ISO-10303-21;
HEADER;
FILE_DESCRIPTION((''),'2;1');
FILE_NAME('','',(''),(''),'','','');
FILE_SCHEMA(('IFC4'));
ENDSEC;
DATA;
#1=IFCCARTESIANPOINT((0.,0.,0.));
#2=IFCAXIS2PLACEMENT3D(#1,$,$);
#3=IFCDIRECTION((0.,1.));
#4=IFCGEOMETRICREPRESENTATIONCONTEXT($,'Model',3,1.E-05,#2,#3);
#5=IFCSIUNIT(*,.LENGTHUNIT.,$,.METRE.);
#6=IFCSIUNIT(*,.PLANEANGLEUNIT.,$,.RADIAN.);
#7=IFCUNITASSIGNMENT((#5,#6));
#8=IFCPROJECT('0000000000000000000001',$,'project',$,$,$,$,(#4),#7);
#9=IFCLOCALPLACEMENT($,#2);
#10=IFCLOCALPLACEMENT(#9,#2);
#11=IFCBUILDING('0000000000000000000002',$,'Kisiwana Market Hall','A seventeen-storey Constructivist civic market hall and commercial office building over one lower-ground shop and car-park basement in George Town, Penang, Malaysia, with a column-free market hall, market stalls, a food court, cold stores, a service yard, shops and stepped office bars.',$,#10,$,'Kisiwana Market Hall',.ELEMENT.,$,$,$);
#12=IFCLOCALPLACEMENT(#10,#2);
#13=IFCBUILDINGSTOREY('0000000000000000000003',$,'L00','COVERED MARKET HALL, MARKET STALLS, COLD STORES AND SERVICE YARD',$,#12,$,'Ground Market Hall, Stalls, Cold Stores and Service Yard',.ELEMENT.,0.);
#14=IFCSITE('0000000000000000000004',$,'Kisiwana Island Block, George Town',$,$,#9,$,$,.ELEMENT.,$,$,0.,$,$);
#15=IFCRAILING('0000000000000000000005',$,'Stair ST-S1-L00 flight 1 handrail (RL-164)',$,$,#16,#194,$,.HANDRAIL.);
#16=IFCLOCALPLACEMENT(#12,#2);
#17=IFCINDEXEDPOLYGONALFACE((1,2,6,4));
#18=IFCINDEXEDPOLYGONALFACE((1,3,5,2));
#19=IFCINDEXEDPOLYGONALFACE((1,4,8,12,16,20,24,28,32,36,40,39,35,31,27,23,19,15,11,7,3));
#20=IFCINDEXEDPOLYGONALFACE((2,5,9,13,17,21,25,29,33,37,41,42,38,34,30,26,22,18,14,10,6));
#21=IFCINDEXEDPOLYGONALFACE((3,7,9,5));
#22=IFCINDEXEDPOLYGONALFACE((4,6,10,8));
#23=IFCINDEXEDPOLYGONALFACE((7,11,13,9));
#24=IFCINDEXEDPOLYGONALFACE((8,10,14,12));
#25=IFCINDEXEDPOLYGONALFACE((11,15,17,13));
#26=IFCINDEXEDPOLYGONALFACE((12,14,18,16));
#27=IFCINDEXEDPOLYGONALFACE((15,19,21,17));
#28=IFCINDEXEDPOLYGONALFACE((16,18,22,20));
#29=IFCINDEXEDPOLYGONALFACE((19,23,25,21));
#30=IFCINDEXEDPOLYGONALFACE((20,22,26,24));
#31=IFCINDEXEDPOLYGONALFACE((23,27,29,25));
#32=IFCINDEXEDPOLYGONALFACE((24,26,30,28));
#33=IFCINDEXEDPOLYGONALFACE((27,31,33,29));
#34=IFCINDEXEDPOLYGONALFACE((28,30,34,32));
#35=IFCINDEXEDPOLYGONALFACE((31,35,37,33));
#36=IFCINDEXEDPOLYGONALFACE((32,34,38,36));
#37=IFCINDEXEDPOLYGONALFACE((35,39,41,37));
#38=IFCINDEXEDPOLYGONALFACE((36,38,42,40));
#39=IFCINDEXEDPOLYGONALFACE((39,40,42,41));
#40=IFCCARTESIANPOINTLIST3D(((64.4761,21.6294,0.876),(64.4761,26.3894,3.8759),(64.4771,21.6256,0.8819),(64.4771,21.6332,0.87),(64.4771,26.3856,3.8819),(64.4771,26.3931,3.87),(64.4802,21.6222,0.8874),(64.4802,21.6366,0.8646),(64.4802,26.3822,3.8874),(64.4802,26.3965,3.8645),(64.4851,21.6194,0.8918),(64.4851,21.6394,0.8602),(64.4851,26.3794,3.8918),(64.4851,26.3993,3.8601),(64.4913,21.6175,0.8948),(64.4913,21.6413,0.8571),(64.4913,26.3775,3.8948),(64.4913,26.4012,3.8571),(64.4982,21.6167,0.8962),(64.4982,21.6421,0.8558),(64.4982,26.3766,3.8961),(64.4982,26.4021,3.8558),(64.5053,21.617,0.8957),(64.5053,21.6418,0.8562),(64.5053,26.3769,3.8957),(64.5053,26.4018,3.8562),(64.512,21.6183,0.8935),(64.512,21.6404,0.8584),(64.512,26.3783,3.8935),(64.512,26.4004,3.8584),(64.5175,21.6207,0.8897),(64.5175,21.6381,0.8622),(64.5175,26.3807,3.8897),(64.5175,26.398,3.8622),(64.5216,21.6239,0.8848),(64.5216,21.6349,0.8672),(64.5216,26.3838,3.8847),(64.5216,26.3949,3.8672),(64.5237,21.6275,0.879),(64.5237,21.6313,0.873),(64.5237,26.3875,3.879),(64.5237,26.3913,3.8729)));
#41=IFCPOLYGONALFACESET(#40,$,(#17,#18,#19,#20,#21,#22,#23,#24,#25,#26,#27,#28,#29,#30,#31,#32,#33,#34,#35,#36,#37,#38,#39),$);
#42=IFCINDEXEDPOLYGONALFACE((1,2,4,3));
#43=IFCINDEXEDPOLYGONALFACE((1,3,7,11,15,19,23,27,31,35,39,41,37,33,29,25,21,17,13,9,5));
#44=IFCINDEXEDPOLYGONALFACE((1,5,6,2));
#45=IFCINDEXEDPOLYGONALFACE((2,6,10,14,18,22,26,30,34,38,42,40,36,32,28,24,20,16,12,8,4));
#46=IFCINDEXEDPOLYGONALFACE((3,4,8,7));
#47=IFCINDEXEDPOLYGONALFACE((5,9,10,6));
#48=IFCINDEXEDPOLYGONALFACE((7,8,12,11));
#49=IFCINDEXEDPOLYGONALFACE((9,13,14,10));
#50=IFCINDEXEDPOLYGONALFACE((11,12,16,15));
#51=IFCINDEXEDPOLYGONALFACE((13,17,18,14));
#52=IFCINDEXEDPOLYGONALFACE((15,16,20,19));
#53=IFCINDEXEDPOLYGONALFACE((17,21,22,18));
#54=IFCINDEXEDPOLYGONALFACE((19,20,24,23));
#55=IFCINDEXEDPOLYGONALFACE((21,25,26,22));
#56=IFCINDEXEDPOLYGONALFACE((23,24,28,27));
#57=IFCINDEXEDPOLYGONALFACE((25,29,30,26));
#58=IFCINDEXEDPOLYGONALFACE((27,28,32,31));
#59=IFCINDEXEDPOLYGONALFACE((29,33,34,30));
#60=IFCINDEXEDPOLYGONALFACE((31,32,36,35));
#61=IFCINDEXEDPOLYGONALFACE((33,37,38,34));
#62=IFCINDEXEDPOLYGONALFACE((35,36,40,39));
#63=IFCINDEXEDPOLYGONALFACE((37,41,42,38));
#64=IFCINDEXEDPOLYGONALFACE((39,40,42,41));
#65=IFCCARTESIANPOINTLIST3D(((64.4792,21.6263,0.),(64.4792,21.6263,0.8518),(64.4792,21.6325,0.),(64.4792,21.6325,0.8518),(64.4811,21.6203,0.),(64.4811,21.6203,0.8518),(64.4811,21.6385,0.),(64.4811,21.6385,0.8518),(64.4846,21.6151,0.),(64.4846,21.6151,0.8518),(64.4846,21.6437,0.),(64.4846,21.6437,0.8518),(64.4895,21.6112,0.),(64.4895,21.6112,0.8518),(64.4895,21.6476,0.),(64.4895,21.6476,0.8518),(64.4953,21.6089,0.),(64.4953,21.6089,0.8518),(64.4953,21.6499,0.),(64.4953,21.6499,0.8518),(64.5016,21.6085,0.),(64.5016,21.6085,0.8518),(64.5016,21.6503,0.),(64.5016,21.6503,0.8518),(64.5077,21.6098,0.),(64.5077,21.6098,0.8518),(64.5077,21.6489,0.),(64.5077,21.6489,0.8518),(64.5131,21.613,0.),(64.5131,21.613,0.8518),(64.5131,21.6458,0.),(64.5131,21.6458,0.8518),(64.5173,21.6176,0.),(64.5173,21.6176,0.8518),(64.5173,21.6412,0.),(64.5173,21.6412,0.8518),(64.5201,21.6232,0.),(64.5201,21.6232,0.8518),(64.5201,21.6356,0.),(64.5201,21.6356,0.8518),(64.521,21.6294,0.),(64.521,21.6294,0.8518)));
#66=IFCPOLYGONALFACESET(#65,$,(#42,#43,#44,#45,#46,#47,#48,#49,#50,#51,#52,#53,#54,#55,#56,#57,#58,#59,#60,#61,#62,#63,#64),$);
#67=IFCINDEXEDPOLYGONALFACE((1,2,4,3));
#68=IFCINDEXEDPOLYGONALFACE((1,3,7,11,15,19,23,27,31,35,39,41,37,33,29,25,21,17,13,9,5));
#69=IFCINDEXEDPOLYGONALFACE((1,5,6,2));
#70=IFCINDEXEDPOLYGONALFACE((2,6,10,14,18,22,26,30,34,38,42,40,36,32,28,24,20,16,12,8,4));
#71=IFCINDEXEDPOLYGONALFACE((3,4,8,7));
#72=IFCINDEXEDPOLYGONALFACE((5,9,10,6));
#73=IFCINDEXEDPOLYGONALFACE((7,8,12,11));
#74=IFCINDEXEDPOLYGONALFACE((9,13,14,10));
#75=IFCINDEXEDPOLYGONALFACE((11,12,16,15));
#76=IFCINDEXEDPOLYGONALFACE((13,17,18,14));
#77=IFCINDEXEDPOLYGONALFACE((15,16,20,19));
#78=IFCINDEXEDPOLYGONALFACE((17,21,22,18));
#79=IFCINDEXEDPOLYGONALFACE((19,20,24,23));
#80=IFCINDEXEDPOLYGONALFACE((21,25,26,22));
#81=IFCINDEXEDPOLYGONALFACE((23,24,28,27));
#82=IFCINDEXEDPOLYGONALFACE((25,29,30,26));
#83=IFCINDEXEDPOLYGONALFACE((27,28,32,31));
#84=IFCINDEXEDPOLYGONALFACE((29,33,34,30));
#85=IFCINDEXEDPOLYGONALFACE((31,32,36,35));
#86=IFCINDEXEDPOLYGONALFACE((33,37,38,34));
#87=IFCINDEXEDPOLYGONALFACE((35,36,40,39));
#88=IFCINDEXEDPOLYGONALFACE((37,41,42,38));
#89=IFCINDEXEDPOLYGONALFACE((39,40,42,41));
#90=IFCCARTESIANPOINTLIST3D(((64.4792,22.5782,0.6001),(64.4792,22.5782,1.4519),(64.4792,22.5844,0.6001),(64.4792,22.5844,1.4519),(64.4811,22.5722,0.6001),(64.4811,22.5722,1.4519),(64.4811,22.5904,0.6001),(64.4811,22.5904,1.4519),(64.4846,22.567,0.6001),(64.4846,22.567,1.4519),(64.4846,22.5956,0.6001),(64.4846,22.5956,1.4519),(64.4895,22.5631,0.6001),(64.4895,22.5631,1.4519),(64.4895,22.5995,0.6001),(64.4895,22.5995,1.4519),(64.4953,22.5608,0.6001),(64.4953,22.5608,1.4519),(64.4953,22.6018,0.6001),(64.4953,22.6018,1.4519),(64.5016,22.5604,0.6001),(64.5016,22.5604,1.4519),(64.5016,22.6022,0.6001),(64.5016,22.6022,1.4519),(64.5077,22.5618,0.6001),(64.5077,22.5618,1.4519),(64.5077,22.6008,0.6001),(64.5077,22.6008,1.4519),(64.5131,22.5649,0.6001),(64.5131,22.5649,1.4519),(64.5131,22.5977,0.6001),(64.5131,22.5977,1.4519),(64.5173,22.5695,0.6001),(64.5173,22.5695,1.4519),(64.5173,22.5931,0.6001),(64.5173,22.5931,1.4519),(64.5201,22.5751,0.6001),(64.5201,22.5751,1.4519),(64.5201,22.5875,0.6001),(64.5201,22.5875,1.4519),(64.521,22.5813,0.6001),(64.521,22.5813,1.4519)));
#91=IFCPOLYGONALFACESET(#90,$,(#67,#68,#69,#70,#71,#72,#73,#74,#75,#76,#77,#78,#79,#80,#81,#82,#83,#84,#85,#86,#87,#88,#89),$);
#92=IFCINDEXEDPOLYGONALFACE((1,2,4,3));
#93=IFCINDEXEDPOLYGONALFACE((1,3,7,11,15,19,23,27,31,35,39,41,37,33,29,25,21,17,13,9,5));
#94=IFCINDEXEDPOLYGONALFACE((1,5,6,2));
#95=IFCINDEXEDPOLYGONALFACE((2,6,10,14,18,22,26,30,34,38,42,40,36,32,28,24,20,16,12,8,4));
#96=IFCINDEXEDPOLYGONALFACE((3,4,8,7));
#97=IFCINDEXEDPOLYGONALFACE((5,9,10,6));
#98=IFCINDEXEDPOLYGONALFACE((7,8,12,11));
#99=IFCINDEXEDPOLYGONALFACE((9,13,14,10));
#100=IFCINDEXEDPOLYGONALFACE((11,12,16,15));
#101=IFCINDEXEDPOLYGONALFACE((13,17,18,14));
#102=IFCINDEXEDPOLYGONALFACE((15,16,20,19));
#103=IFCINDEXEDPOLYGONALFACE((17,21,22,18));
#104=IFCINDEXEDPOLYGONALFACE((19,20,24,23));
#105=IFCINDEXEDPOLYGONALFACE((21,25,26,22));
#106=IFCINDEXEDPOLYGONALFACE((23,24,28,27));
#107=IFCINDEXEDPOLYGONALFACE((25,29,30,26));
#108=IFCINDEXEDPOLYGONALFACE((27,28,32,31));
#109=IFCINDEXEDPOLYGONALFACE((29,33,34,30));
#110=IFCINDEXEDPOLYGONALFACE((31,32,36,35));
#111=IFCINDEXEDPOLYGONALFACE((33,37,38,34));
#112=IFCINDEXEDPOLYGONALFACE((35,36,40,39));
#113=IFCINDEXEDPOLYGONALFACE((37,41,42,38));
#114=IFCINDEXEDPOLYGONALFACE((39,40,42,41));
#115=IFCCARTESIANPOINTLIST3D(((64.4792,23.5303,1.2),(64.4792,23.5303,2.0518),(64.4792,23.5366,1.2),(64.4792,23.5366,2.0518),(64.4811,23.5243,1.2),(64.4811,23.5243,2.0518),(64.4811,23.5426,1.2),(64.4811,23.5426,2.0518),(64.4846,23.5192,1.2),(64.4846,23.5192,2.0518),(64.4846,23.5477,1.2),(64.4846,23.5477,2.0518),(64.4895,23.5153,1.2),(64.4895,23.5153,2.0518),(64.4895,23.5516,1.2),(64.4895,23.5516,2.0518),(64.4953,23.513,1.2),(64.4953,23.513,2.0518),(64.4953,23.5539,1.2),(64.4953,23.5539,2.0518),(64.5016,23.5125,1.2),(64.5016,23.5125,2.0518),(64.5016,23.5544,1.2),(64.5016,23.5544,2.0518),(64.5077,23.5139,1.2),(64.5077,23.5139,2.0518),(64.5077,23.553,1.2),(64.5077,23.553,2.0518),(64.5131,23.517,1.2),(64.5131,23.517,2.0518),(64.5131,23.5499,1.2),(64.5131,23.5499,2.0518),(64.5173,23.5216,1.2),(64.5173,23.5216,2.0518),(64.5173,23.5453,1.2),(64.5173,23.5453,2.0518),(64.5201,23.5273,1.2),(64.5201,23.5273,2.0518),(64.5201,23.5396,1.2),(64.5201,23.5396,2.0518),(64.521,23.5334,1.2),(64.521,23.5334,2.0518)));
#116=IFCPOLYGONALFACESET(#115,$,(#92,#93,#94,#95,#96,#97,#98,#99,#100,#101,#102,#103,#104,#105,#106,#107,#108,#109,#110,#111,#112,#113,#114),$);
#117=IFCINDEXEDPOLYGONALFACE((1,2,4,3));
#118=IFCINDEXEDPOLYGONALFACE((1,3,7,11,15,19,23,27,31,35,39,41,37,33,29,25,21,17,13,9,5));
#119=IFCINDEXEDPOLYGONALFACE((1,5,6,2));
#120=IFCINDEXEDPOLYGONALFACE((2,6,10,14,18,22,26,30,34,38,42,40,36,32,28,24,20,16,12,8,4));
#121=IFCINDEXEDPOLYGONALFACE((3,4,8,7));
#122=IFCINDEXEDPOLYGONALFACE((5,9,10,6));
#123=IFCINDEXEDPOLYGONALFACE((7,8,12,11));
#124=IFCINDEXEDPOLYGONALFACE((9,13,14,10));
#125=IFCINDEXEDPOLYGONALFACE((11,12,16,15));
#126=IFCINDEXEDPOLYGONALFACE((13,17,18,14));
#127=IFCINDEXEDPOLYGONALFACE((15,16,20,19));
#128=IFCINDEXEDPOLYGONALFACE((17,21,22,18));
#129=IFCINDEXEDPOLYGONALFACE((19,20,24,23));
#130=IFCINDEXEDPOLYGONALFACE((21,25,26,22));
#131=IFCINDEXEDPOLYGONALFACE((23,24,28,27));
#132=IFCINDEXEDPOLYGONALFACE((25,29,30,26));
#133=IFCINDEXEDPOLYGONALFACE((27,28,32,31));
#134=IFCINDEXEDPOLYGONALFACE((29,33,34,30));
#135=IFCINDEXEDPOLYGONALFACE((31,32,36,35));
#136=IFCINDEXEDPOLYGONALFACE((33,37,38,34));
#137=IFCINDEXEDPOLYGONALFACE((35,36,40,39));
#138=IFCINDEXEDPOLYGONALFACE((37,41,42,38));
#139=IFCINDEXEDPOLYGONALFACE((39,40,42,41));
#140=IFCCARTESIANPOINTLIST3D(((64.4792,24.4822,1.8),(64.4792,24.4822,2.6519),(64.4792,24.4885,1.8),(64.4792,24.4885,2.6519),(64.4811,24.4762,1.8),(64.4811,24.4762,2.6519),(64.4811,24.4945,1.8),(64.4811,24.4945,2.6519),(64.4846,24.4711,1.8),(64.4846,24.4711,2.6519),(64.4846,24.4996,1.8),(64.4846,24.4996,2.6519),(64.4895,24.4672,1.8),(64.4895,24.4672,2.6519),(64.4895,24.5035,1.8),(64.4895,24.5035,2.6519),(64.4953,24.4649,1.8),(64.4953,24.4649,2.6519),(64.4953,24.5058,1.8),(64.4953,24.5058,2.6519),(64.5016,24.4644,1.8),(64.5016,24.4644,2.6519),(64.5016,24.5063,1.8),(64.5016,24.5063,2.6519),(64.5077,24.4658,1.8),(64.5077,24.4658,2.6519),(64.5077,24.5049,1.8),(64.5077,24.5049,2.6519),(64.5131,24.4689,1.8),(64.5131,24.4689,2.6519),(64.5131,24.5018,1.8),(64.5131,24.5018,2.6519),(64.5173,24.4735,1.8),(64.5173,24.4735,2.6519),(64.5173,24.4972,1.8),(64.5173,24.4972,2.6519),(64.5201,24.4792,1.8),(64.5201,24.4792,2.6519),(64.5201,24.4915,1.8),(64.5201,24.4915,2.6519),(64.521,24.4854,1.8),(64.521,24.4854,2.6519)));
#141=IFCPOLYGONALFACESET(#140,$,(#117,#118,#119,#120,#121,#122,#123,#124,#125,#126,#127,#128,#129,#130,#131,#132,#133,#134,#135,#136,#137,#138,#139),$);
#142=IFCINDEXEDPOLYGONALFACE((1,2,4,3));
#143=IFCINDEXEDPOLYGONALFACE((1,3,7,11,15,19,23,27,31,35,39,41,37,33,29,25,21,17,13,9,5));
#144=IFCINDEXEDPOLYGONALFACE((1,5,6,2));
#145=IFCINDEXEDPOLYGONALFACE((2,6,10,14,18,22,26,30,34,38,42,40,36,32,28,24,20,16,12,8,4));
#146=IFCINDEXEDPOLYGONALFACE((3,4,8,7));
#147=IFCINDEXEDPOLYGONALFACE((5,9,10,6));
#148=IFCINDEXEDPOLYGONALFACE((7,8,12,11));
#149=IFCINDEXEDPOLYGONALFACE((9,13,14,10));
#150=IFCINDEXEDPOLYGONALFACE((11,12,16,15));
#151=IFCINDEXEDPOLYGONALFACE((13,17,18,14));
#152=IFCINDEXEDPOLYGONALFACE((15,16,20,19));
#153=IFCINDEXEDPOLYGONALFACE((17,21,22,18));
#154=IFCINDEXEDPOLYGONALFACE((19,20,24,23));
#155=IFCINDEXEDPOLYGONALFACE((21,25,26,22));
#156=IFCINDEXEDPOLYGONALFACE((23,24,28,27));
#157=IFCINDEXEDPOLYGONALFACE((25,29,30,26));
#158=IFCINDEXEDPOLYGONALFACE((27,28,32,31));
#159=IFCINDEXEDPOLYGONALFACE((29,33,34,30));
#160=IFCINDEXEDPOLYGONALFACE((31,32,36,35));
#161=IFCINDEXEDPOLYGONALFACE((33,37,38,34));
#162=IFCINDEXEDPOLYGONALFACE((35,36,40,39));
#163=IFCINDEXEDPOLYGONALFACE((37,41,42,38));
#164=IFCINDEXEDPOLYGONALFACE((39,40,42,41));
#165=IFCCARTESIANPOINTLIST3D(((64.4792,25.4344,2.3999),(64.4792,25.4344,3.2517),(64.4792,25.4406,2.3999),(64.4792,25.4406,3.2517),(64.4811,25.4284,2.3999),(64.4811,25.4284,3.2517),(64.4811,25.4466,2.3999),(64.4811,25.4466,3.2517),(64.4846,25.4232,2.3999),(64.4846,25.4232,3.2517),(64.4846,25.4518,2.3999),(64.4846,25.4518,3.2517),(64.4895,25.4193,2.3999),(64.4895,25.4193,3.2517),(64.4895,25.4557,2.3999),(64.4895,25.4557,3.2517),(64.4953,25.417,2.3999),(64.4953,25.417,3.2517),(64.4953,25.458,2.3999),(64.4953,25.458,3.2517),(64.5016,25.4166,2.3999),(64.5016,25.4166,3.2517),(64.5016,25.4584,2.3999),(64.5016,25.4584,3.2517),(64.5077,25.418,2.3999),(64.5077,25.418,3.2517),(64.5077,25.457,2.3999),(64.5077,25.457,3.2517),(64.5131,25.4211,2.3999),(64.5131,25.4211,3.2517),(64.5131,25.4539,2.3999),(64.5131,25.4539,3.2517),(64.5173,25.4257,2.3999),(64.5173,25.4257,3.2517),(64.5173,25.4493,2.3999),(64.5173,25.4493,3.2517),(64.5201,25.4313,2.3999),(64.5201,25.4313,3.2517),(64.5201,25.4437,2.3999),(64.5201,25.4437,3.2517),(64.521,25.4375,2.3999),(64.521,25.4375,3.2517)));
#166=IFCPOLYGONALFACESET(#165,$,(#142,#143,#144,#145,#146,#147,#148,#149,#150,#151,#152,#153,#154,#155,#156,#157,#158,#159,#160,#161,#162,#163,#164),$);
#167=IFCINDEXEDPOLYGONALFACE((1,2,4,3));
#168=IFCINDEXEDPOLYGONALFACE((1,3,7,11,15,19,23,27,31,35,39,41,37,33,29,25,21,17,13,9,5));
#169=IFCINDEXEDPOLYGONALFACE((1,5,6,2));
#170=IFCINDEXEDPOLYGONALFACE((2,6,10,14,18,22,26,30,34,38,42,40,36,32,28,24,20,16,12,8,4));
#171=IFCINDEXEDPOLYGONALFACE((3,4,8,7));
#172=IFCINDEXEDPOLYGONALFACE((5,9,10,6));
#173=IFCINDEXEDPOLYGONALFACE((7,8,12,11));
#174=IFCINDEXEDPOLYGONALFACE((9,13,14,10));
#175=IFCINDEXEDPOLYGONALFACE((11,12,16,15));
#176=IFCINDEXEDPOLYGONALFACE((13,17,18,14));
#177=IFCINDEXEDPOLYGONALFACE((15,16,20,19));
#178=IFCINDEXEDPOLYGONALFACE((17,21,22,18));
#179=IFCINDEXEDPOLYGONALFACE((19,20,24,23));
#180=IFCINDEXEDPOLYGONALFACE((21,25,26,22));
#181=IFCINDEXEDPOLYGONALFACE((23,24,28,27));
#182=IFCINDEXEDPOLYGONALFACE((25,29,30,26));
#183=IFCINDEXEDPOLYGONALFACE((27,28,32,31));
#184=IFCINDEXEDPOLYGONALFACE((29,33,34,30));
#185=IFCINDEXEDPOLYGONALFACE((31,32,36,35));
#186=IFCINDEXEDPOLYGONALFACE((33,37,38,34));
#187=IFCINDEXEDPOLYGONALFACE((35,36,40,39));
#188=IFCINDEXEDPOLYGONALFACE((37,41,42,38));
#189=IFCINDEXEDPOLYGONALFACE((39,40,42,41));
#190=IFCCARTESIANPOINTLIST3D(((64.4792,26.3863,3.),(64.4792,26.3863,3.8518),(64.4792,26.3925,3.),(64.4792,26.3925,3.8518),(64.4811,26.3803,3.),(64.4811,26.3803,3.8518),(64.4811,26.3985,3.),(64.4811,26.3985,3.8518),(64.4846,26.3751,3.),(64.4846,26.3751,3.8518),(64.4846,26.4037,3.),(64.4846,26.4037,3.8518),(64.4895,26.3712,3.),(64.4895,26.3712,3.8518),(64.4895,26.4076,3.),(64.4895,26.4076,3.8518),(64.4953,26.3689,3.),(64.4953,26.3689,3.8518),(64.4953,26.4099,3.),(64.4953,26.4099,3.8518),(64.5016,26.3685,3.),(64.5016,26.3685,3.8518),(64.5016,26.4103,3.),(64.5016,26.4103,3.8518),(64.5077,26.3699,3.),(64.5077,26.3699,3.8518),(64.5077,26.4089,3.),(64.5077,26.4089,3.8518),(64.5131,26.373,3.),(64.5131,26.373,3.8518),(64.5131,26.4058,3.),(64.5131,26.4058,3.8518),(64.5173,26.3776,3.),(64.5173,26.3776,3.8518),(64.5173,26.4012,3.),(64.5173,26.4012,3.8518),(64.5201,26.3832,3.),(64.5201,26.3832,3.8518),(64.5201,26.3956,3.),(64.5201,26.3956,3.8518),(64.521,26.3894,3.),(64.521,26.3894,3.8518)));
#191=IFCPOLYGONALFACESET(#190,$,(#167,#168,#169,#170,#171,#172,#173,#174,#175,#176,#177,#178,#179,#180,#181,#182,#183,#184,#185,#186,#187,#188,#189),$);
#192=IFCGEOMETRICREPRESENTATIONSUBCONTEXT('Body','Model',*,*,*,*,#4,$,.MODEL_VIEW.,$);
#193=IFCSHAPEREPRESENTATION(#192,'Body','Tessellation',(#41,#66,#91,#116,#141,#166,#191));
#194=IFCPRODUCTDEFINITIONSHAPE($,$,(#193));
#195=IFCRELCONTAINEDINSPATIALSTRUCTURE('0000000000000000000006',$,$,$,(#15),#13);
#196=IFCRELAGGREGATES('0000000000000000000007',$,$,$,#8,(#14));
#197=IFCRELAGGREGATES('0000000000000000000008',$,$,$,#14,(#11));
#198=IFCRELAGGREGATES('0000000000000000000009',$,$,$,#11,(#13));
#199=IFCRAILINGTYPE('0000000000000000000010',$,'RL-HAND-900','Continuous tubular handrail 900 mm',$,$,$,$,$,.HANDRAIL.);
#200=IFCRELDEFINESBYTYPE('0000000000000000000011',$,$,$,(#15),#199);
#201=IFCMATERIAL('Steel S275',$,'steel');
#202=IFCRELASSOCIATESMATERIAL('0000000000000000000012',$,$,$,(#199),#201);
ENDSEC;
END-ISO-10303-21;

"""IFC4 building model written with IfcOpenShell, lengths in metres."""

from ifc_helpers import new_model, si_unit, direction, frame, origin, origin_2d, place, context, subcontext, project, spatial, circle, extrude, material, type_object, element, save


model = new_model("IFC4")

# Units and contexts
model_context = context("Model", 3, precision=1e-05, world=origin(), true_north=direction((0.0, 1.0)))
body_context = subcontext(model_context, "Body", "Model", "MODEL_VIEW")
ifc_project = project(units=[si_unit("LENGTHUNIT", "METRE"), si_unit("PLANEANGLEUNIT", "RADIAN")], contexts=[model_context])

# Site, building, storey
site_placement = place(None, origin())
site = spatial("IfcSite", under=ifc_project, at=site_placement, Name="Kisiwana Island Block, George Town", CompositionType="ELEMENT", RefElevation=0.0)
building_placement = place(site_placement, origin())
building = spatial("IfcBuilding", under=site, at=building_placement, Name="Kisiwana Market Hall", Description="A seventeen-storey Constructivist civic market hall and commercial office building over one lower-ground shop and car-park basement in George Town, Penang, Malaysia, with a column-free market hall, market stalls, a food court, cold stores, a service yard, shops and stepped office bars.", LongName="Kisiwana Market Hall", CompositionType="ELEMENT")
storey_placement = place(building_placement, origin())
storey = spatial("IfcBuildingStorey", under=building, at=storey_placement, Name="L00", Description="COVERED MARKET HALL, MARKET STALLS, COLD STORES AND SERVICE YARD", LongName="Ground Market Hall, Stalls, Cold Stores and Service Yard", CompositionType="ELEMENT", Elevation=0.0)

# Railing
ifc_material_1 = material(Name="Steel S275", Category="steel")
railing_type_1 = type_object("IfcRailingType", Name="RL-HAND-900", Description="Continuous tubular handrail 900 mm", PredefinedType="HANDRAIL", material=ifc_material_1)
railing_1_placement = place(storey_placement, frame((64.5, 21.6294, 0.0)))
element("IfcRailing", 1, at=railing_1_placement, inside=storey, type_object=railing_type_1, Name="Stair ST-S1-L00 flight 1 handrail (RL-164)", PredefinedType="HANDRAIL", context=body_context, shape_type="SweptSolid", body=[
    extrude(circle(Radius=0.0239, at=origin_2d()), frame((0.0, 0.0, 0.876), z_axis=(0.0, 0.845996, 0.53319), x_axis=(-1.0, 0.0, 0.0)), (0.0, 0.0, 1.0), 5.6265),
    extrude(circle(Radius=0.021, at=origin_2d()), origin(), (0.0, 0.0, 1.0), 0.8518),
    extrude(circle(Radius=0.021, at=origin_2d()), frame((0.0, 0.9519, 0.6001)), (0.0, 0.0, 1.0), 0.8518),
    extrude(circle(Radius=0.021, at=origin_2d()), frame((0.0, 1.9041, 1.2)), (0.0, 0.0, 1.0), 0.8518),
    extrude(circle(Radius=0.021, at=origin_2d()), frame((0.0, 2.856, 1.8)), (0.0, 0.0, 1.0), 0.8518),
    extrude(circle(Radius=0.021, at=origin_2d()), frame((0.0, 3.8081, 2.3999)), (0.0, 0.0, 1.0), 0.8518),
    extrude(circle(Radius=0.021, at=origin_2d()), frame((0.0, 4.76, 3.0)), (0.0, 0.0, 1.0), 0.8518),
])

save(model, "model.ifc")
